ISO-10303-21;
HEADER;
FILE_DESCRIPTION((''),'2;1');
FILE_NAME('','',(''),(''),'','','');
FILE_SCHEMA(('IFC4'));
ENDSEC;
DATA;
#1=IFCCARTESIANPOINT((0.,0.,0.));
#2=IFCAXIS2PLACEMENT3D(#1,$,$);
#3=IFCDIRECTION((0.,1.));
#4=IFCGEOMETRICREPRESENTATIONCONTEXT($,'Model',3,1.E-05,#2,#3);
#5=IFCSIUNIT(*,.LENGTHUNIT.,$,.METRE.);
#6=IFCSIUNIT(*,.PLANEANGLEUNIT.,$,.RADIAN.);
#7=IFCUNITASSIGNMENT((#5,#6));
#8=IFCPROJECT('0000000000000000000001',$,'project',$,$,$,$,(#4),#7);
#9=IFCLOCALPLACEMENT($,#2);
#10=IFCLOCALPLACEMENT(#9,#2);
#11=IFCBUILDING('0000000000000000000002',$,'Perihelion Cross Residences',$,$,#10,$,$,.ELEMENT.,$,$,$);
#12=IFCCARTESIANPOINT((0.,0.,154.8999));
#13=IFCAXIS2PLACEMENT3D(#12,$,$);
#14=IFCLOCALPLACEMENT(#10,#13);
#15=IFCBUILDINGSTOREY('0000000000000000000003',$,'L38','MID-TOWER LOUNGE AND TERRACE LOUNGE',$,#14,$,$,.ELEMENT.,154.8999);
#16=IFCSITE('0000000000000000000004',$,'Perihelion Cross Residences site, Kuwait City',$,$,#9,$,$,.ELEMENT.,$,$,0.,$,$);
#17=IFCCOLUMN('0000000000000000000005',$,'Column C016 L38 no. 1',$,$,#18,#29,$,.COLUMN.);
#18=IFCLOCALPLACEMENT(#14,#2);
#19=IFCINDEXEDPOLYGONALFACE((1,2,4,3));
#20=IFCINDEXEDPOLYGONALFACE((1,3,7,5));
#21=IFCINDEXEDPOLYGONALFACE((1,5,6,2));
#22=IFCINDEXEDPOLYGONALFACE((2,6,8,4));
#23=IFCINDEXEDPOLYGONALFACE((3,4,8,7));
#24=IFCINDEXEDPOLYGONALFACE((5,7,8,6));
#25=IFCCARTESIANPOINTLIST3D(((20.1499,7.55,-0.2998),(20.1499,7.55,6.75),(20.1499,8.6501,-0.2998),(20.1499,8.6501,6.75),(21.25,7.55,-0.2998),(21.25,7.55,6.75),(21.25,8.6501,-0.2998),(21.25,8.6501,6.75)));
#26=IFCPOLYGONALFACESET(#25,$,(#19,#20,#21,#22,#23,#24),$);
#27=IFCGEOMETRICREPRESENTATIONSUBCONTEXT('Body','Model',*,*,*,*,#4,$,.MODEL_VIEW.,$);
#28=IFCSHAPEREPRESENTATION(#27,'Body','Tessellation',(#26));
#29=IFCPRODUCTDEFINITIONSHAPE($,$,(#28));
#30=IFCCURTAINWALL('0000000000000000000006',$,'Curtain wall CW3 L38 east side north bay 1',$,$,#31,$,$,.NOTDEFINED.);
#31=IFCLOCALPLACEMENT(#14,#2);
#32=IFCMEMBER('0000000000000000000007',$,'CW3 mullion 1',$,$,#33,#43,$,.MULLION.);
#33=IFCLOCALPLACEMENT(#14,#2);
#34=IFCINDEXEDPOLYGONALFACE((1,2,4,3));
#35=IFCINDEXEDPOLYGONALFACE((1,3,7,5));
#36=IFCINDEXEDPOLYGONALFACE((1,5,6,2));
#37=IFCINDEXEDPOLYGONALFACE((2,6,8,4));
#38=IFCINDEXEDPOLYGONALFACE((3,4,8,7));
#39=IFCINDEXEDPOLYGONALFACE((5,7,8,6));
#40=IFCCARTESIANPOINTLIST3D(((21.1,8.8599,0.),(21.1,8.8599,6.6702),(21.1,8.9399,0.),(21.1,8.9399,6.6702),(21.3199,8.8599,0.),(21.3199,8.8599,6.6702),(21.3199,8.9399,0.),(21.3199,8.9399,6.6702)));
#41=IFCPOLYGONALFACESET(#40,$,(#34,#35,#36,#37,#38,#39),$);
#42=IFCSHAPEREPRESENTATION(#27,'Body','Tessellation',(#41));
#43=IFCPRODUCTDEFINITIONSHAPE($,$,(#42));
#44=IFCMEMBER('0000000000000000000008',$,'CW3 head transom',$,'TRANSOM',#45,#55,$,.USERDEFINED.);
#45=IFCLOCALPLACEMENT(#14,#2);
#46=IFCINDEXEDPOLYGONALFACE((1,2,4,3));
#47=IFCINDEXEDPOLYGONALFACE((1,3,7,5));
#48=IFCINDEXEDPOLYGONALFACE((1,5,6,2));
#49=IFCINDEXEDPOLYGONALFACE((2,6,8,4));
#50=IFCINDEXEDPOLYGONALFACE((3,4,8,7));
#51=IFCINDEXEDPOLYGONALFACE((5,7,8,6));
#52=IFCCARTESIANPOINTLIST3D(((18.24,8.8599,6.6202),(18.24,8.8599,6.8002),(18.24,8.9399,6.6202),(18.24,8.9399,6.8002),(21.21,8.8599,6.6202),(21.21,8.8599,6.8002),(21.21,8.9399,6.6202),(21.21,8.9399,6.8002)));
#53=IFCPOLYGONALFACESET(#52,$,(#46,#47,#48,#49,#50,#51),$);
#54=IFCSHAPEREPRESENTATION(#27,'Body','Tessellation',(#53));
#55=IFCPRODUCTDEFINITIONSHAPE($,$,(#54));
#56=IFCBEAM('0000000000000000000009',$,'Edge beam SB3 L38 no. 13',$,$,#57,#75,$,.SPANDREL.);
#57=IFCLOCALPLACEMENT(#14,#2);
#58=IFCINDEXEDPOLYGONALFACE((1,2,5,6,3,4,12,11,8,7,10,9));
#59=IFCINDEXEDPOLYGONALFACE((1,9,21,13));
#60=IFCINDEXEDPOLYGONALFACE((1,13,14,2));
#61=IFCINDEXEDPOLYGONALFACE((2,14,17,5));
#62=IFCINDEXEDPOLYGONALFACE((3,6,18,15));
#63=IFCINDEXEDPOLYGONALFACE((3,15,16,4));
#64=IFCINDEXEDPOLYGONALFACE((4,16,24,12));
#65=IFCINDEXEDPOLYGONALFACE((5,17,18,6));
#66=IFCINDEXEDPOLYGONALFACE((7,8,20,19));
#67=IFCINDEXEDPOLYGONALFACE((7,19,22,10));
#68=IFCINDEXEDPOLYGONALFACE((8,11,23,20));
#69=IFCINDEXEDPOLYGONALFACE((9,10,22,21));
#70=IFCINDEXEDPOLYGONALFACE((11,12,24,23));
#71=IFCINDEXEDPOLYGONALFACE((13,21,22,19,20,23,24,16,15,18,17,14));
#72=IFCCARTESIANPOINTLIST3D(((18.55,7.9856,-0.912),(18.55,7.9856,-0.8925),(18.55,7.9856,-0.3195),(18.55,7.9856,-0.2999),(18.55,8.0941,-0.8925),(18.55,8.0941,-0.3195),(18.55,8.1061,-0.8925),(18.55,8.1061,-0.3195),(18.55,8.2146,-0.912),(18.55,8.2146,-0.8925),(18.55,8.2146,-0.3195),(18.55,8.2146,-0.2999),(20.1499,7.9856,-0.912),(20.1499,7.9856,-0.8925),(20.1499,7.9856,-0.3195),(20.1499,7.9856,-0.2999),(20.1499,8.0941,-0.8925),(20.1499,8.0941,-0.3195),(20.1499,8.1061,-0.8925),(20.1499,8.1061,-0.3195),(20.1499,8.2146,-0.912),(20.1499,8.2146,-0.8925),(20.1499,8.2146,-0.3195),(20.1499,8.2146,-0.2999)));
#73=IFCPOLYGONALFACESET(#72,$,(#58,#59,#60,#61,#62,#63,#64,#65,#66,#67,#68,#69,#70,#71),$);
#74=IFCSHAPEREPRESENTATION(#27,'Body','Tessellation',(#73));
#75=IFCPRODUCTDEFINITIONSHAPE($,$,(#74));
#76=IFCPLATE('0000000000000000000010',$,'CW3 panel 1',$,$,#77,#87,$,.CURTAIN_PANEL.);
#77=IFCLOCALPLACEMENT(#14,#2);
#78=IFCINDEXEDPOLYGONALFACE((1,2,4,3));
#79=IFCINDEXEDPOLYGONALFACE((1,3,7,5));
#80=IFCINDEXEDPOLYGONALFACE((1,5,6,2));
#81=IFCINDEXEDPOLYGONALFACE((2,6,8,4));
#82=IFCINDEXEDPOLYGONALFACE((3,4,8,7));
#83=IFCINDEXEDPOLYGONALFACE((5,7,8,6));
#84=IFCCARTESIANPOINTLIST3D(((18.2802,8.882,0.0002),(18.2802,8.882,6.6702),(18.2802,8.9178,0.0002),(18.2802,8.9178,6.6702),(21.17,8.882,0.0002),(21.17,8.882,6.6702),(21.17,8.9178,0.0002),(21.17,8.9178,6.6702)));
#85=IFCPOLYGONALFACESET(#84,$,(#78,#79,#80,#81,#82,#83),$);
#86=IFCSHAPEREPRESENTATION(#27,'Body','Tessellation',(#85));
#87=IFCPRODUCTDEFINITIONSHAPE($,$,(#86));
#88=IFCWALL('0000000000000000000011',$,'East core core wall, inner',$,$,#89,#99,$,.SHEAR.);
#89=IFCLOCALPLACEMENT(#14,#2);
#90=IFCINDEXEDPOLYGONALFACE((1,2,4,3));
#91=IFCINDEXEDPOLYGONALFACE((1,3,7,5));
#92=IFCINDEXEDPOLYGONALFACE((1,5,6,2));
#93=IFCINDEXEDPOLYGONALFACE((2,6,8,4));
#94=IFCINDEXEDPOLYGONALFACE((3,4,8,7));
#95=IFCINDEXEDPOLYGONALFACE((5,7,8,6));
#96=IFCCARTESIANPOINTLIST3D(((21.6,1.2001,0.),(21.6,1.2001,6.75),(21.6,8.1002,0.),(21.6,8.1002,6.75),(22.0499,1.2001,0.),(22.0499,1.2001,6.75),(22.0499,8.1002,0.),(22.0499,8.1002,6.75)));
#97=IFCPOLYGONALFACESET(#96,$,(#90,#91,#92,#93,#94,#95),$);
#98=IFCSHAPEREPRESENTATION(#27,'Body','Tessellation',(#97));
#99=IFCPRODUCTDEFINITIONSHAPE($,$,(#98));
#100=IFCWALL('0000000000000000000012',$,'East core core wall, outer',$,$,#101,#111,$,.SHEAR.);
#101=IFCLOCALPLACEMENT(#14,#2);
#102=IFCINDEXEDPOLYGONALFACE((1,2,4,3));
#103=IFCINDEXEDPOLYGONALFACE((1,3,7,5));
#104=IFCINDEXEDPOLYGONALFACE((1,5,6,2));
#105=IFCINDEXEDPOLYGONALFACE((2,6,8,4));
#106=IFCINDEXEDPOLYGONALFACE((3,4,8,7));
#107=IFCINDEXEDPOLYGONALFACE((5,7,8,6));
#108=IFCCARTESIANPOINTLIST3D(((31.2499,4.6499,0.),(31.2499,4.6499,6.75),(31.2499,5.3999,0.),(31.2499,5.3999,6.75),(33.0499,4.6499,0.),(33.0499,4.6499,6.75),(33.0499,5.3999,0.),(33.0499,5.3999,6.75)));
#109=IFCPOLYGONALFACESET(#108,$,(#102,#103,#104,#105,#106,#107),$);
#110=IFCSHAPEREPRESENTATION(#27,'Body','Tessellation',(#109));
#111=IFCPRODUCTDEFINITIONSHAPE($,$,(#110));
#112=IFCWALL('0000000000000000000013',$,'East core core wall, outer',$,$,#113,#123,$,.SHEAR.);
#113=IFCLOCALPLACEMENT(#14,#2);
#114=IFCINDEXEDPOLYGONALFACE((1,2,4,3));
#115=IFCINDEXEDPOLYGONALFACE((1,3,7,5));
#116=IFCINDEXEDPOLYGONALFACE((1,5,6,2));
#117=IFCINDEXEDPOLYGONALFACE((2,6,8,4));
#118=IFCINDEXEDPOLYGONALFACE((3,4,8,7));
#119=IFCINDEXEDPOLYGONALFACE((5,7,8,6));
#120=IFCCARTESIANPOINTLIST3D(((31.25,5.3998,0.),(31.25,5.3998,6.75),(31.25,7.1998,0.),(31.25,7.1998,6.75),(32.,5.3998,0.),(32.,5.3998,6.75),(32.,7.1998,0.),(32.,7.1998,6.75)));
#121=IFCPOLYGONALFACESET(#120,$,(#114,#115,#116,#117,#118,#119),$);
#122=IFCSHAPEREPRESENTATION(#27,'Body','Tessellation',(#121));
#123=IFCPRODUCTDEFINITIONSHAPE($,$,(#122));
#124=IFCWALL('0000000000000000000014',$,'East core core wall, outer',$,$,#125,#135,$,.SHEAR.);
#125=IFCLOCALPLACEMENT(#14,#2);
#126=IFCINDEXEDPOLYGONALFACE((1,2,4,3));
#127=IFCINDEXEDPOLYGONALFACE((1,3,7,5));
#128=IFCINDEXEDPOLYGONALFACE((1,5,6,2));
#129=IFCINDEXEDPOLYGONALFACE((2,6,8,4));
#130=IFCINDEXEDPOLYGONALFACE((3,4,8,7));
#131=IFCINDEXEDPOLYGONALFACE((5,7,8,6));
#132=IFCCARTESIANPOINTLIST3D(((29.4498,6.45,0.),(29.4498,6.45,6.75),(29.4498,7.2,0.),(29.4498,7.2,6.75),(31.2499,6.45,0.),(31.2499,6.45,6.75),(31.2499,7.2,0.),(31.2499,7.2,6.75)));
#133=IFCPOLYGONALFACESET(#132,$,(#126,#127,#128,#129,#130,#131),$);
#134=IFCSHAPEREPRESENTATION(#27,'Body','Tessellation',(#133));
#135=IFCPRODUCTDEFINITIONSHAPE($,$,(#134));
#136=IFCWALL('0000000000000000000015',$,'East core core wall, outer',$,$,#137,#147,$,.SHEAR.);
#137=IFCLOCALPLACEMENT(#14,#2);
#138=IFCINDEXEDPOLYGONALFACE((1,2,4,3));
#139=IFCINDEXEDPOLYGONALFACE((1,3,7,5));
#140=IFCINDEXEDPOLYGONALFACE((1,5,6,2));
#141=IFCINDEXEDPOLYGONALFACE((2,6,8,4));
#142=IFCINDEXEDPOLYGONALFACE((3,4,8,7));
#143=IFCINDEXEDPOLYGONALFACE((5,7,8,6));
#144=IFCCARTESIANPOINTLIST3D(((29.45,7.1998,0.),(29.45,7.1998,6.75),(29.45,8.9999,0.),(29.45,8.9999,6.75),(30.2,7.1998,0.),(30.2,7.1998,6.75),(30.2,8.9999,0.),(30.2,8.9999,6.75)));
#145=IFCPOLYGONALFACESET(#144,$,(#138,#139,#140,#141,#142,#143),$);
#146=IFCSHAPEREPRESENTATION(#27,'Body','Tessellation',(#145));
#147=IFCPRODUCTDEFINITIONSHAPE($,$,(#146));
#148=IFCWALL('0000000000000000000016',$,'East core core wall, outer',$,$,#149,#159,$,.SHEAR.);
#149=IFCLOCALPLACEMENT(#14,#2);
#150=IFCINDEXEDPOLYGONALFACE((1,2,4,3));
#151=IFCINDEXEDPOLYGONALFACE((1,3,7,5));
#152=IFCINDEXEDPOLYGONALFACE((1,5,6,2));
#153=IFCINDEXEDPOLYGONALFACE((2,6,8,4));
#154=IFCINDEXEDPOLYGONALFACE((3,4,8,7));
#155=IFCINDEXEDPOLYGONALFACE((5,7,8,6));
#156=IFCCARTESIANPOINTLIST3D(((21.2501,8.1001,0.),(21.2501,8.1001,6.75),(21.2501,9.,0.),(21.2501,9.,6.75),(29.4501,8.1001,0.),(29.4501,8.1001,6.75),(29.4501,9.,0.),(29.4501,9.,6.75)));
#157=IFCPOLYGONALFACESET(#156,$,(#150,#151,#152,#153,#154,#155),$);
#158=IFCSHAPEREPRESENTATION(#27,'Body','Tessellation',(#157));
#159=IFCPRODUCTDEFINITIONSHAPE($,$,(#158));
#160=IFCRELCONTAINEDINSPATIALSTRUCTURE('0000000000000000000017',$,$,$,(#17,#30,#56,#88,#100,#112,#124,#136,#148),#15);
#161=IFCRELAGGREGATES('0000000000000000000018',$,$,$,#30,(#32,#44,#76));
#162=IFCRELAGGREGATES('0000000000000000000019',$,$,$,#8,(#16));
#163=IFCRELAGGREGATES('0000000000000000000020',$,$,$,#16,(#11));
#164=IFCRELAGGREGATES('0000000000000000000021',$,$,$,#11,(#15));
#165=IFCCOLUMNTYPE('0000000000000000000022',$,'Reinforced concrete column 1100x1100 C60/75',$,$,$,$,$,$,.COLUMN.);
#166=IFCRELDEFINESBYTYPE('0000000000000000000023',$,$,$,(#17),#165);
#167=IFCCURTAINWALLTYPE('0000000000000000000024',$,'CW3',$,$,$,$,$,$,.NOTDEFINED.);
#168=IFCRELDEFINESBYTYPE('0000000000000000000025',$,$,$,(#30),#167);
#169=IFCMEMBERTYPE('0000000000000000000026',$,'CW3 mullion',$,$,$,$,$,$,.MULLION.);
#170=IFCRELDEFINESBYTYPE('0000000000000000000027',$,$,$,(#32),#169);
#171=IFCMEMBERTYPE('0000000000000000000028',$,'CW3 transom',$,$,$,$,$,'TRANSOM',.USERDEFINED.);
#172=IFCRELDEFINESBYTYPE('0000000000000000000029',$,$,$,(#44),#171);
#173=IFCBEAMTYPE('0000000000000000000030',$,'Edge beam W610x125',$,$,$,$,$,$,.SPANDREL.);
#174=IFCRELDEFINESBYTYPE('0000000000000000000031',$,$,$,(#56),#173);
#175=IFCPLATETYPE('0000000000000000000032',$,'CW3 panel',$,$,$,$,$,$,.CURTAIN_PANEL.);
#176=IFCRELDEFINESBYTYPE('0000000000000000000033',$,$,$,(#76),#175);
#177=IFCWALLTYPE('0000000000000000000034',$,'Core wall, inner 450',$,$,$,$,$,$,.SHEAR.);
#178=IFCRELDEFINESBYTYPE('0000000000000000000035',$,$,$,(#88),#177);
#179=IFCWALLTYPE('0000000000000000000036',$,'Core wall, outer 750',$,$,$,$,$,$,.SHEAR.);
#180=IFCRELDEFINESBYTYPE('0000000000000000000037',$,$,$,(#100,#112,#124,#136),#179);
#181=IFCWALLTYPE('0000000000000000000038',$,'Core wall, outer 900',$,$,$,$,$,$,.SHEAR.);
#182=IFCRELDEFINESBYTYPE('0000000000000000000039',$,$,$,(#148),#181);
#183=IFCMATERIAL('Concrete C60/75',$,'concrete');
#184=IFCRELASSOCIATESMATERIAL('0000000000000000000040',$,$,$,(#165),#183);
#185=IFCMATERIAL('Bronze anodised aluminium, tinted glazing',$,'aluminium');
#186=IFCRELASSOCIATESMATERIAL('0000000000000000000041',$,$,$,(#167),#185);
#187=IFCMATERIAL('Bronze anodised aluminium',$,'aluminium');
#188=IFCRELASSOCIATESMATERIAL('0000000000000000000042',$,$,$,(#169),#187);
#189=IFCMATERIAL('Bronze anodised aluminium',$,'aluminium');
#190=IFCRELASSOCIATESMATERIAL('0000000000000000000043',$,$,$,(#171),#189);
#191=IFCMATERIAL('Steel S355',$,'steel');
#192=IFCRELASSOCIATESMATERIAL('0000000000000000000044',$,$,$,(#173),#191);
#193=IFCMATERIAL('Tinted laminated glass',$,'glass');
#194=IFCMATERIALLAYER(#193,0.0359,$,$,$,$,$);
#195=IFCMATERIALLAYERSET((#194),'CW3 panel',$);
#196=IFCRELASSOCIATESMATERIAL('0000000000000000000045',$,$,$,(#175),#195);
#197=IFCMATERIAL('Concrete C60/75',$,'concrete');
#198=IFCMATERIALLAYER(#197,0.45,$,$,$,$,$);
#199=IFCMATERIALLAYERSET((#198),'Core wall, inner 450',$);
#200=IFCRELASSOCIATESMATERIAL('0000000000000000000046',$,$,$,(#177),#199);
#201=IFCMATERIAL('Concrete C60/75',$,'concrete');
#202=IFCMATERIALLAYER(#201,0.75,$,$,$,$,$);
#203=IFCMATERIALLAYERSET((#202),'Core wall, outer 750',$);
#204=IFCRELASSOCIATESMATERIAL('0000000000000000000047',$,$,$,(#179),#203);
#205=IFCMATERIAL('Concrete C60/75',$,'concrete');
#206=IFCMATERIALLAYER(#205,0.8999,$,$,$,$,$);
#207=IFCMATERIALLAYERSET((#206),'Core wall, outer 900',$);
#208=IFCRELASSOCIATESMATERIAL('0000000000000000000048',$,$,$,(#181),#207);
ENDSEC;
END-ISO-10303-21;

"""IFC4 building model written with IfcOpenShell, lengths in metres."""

from ifc_helpers import new_model, si_unit, direction, frame, frame_2d, origin, origin_2d, place, context, subcontext, project, spatial, rectangle, i_section, extrude, material, layer, layer_set, material_profile, profile_set, type_object, element, aggregate, save


model = new_model("IFC4")

# Units and contexts
model_context = context("Model", 3, precision=1e-05, world=origin(), true_north=direction((0.0, 1.0)))
body_context = subcontext(model_context, "Body", "Model", "MODEL_VIEW")
ifc_project = project(units=[si_unit("LENGTHUNIT", "METRE"), si_unit("PLANEANGLEUNIT", "RADIAN")], contexts=[model_context])

# Site, building, storey
site_placement = place(None, origin())
site = spatial("IfcSite", under=ifc_project, at=site_placement, Name="Perihelion Cross Residences site, Kuwait City", CompositionType="ELEMENT", RefElevation=0.0)
building_placement = place(site_placement, origin())
building = spatial("IfcBuilding", under=site, at=building_placement, Name="Perihelion Cross Residences", CompositionType="ELEMENT")
storey_placement = place(building_placement, frame((0.0, 0.0, 154.8999)))
storey = spatial("IfcBuildingStorey", under=building, at=storey_placement, Name="L38", Description="MID-TOWER LOUNGE AND TERRACE LOUNGE", CompositionType="ELEMENT", Elevation=154.8999)

# Column
ifc_material_1 = material(Name="Concrete C60/75", Category="concrete")
ifc_material_profile_1 = material_profile(ifc_material_1, rectangle(XDim=1.1001, YDim=1.1001, at=origin_2d()), Name="RC 1100x1100")
ifc_profile_set_1 = profile_set([ifc_material_profile_1], Name="Concrete C60/75")
column_type = type_object("IfcColumnType", Name="Reinforced concrete column 1100x1100 C60/75", PredefinedType="COLUMN", material=ifc_profile_set_1)
column_placement = place(storey_placement, frame((20.7, 8.1001, -0.2998), z_axis=(0.0, 0.0, 1.0), x_axis=(1.0, 0.0, 0.0)))
element("IfcColumn", 1, at=column_placement, inside=storey, type_object=column_type, Name="Column C016 L38 no. 1", PredefinedType="COLUMN", context=body_context, shape_type="SweptSolid", body=[
    extrude(rectangle(XDim=1.1001, YDim=1.1001, at=origin_2d()), origin(), (0.0, 0.0, 1.0), 7.0498),
])

# Curtain wall, members
ifc_material_2 = material(Name="Bronze anodised aluminium, tinted glazing", Category="aluminium")
curtain_wall_type = type_object("IfcCurtainWallType", Name="CW3", PredefinedType="NOTDEFINED", material=ifc_material_2)
curtain_wall_placement = place(storey_placement, origin())
curtain_wall = element("IfcCurtainWall", 2, at=curtain_wall_placement, inside=storey, type_object=curtain_wall_type, Name="Curtain wall CW3 L38 east side north bay 1", PredefinedType="NOTDEFINED")
ifc_material_3 = material(Name="Bronze anodised aluminium", Category="aluminium")
ifc_material_profile_2 = material_profile(ifc_material_3, rectangle(XDim=0.0801, YDim=0.22, at=origin_2d()), Name="CW3 mullion")
ifc_profile_set_2 = profile_set([ifc_material_profile_2], Name="Bronze anodised aluminium")
member_type_1 = type_object("IfcMemberType", Name="CW3 mullion", PredefinedType="MULLION", material=ifc_profile_set_2)
member_1_placement = place(storey_placement, frame((21.21, 8.8999, 0.0), z_axis=(0.0, 0.0, 1.0), x_axis=(0.0, -1.0, 0.0)))
member_1 = element("IfcMember", 3, at=member_1_placement, type_object=member_type_1, Name="CW3 mullion 1", PredefinedType="MULLION", context=body_context, shape_type="SweptSolid", body=[
    extrude(rectangle(XDim=0.0801, YDim=0.22, at=origin_2d()), origin(), (0.0, 0.0, 1.0), 6.6702),
])
ifc_material_4 = material(Name="Bronze anodised aluminium", Category="aluminium")
ifc_material_profile_3 = material_profile(ifc_material_4, rectangle(XDim=0.0801, YDim=0.1799, at=origin_2d()), Name="CW3 transom")
ifc_profile_set_3 = profile_set([ifc_material_profile_3], Name="Bronze anodised aluminium")
member_type_2 = type_object("IfcMemberType", Name="CW3 transom", ElementType="TRANSOM", PredefinedType="USERDEFINED", material=ifc_profile_set_3)
member_2_placement = place(storey_placement, frame((21.21, 8.8999, 6.7102), z_axis=(-1.0, 0.0, 0.0), x_axis=(0.0, -1.0, 0.0)))
member_2 = element("IfcMember", 4, at=member_2_placement, type_object=member_type_2, Name="CW3 head transom", ObjectType="TRANSOM", PredefinedType="USERDEFINED", context=body_context, shape_type="SweptSolid", body=[
    extrude(rectangle(XDim=0.0801, YDim=0.1799, at=origin_2d()), origin(), (0.0, 0.0, 1.0), 2.97),
])

# Beam
ifc_material_5 = material(Name="Steel S355", Category="steel")
ifc_material_profile_4 = material_profile(ifc_material_5, i_section(OverallWidth=0.229, OverallDepth=0.6121, WebThickness=0.012, FlangeThickness=0.0195, at=origin_2d()), Name="W610x125")
ifc_profile_set_4 = profile_set([ifc_material_profile_4], Name="Steel S355")
beam_type = type_object("IfcBeamType", Name="Edge beam W610x125", PredefinedType="SPANDREL", material=ifc_profile_set_4)
beam_placement = place(storey_placement, frame((20.1499, 8.1001, -0.606), z_axis=(-1.0, 0.0, 0.0), x_axis=(0.0, -1.0, 0.0)))
element("IfcBeam", 5, at=beam_placement, inside=storey, type_object=beam_type, Name="Edge beam SB3 L38 no. 13", PredefinedType="SPANDREL", context=body_context, shape_type="SweptSolid", body=[
    extrude(i_section(OverallWidth=0.229, OverallDepth=0.6121, WebThickness=0.012, FlangeThickness=0.0195, at=origin_2d()), origin(), (0.0, 0.0, 1.0), 1.5999),
])

# Plate
ifc_material_6 = material(Name="Tinted laminated glass", Category="glass")
ifc_layer_1 = layer(ifc_material_6, 0.0359)
ifc_layer_set_1 = layer_set([ifc_layer_1], Name="CW3 panel")
plate_type = type_object("IfcPlateType", Name="CW3 panel", PredefinedType="CURTAIN_PANEL", material=ifc_layer_set_1)
plate_placement = place(storey_placement, frame((19.7251, 8.8999, 0.0002), z_axis=(0.0, 0.0, 1.0), x_axis=(-1.0, 0.0, 0.0)))
plate = element("IfcPlate", 6, at=plate_placement, type_object=plate_type, Name="CW3 panel 1", PredefinedType="CURTAIN_PANEL", context=body_context, shape_type="SweptSolid", body=[
    extrude(rectangle(XDim=2.8899, YDim=0.0359, at=origin_2d()), origin(), (0.0, 0.0, 1.0), 6.6699),
])
aggregate(curtain_wall, [member_1, member_2, plate])

# Walls
ifc_material_7 = material(Name="Concrete C60/75", Category="concrete")
ifc_layer_2 = layer(ifc_material_7, 0.45)
ifc_layer_set_2 = layer_set([ifc_layer_2], Name="Core wall, inner 450")
wall_type_1 = type_object("IfcWallType", Name="Core wall, inner 450", PredefinedType="SHEAR", material=ifc_layer_set_2)
wall_1_placement = place(storey_placement, frame((21.825, 1.2, 0.0), z_axis=(0.0, 0.0, 1.0), x_axis=(0.0, 1.0, 0.0)))
element("IfcWall", 7, at=wall_1_placement, inside=storey, type_object=wall_type_1, Name="East core core wall, inner", PredefinedType="SHEAR", context=body_context, shape_type="SweptSolid", body=[
    extrude(rectangle(XDim=6.9001, YDim=0.45, at=frame_2d((3.4502, 0.0))), origin(), (0.0, 0.0, 1.0), 6.75),
])
ifc_material_8 = material(Name="Concrete C60/75", Category="concrete")
ifc_layer_3 = layer(ifc_material_8, 0.75)
ifc_layer_set_3 = layer_set([ifc_layer_3], Name="Core wall, outer 750")
wall_type_2 = type_object("IfcWallType", Name="Core wall, outer 750", PredefinedType="SHEAR", material=ifc_layer_set_3)
for number, where, z_axis, x_axis, name in (
    (8, (31.25, 5.0249, 0.0), (0.0, 0.0, 1.0), (1.0, 0.0, 0.0), "East core core wall, outer"),
    (9, (31.625, 5.3999, 0.0), (0.0, 0.0, 1.0), (0.0, 1.0, 0.0), "East core core wall, outer"),
    (10, (29.45, 6.825, 0.0), (0.0, 0.0, 1.0), (1.0, 0.0, 0.0), "East core core wall, outer"),
    (11, (29.825, 7.2, 0.0), (0.0, 0.0, 1.0), (0.0, 1.0, 0.0), "East core core wall, outer"),
):
    element("IfcWall", number, at=place(storey_placement, frame(where, z_axis=z_axis, x_axis=x_axis)), inside=storey, type_object=wall_type_2, Name=name, PredefinedType="SHEAR", context=body_context, shape_type="SweptSolid", body=[
        extrude(rectangle(XDim=1.8, YDim=0.75, at=frame_2d((0.8999, 0.0))), origin(), (0.0, 0.0, 1.0), 6.75),
    ])
ifc_material_9 = material(Name="Concrete C60/75", Category="concrete")
ifc_layer_4 = layer(ifc_material_9, 0.8999)
ifc_layer_set_4 = layer_set([ifc_layer_4], Name="Core wall, outer 900")
wall_type_3 = type_object("IfcWallType", Name="Core wall, outer 900", PredefinedType="SHEAR", material=ifc_layer_set_4)
wall_2_placement = place(storey_placement, frame((21.25, 8.55, 0.0), z_axis=(0.0, 0.0, 1.0), x_axis=(1.0, 0.0, 0.0)))
element("IfcWall", 12, at=wall_2_placement, inside=storey, type_object=wall_type_3, Name="East core core wall, outer", PredefinedType="SHEAR", context=body_context, shape_type="SweptSolid", body=[
    extrude(rectangle(XDim=8.2, YDim=0.8999, at=frame_2d((4.1001, 0.0))), origin(), (0.0, 0.0, 1.0), 6.75),
])

save(model, "model.ifc")
